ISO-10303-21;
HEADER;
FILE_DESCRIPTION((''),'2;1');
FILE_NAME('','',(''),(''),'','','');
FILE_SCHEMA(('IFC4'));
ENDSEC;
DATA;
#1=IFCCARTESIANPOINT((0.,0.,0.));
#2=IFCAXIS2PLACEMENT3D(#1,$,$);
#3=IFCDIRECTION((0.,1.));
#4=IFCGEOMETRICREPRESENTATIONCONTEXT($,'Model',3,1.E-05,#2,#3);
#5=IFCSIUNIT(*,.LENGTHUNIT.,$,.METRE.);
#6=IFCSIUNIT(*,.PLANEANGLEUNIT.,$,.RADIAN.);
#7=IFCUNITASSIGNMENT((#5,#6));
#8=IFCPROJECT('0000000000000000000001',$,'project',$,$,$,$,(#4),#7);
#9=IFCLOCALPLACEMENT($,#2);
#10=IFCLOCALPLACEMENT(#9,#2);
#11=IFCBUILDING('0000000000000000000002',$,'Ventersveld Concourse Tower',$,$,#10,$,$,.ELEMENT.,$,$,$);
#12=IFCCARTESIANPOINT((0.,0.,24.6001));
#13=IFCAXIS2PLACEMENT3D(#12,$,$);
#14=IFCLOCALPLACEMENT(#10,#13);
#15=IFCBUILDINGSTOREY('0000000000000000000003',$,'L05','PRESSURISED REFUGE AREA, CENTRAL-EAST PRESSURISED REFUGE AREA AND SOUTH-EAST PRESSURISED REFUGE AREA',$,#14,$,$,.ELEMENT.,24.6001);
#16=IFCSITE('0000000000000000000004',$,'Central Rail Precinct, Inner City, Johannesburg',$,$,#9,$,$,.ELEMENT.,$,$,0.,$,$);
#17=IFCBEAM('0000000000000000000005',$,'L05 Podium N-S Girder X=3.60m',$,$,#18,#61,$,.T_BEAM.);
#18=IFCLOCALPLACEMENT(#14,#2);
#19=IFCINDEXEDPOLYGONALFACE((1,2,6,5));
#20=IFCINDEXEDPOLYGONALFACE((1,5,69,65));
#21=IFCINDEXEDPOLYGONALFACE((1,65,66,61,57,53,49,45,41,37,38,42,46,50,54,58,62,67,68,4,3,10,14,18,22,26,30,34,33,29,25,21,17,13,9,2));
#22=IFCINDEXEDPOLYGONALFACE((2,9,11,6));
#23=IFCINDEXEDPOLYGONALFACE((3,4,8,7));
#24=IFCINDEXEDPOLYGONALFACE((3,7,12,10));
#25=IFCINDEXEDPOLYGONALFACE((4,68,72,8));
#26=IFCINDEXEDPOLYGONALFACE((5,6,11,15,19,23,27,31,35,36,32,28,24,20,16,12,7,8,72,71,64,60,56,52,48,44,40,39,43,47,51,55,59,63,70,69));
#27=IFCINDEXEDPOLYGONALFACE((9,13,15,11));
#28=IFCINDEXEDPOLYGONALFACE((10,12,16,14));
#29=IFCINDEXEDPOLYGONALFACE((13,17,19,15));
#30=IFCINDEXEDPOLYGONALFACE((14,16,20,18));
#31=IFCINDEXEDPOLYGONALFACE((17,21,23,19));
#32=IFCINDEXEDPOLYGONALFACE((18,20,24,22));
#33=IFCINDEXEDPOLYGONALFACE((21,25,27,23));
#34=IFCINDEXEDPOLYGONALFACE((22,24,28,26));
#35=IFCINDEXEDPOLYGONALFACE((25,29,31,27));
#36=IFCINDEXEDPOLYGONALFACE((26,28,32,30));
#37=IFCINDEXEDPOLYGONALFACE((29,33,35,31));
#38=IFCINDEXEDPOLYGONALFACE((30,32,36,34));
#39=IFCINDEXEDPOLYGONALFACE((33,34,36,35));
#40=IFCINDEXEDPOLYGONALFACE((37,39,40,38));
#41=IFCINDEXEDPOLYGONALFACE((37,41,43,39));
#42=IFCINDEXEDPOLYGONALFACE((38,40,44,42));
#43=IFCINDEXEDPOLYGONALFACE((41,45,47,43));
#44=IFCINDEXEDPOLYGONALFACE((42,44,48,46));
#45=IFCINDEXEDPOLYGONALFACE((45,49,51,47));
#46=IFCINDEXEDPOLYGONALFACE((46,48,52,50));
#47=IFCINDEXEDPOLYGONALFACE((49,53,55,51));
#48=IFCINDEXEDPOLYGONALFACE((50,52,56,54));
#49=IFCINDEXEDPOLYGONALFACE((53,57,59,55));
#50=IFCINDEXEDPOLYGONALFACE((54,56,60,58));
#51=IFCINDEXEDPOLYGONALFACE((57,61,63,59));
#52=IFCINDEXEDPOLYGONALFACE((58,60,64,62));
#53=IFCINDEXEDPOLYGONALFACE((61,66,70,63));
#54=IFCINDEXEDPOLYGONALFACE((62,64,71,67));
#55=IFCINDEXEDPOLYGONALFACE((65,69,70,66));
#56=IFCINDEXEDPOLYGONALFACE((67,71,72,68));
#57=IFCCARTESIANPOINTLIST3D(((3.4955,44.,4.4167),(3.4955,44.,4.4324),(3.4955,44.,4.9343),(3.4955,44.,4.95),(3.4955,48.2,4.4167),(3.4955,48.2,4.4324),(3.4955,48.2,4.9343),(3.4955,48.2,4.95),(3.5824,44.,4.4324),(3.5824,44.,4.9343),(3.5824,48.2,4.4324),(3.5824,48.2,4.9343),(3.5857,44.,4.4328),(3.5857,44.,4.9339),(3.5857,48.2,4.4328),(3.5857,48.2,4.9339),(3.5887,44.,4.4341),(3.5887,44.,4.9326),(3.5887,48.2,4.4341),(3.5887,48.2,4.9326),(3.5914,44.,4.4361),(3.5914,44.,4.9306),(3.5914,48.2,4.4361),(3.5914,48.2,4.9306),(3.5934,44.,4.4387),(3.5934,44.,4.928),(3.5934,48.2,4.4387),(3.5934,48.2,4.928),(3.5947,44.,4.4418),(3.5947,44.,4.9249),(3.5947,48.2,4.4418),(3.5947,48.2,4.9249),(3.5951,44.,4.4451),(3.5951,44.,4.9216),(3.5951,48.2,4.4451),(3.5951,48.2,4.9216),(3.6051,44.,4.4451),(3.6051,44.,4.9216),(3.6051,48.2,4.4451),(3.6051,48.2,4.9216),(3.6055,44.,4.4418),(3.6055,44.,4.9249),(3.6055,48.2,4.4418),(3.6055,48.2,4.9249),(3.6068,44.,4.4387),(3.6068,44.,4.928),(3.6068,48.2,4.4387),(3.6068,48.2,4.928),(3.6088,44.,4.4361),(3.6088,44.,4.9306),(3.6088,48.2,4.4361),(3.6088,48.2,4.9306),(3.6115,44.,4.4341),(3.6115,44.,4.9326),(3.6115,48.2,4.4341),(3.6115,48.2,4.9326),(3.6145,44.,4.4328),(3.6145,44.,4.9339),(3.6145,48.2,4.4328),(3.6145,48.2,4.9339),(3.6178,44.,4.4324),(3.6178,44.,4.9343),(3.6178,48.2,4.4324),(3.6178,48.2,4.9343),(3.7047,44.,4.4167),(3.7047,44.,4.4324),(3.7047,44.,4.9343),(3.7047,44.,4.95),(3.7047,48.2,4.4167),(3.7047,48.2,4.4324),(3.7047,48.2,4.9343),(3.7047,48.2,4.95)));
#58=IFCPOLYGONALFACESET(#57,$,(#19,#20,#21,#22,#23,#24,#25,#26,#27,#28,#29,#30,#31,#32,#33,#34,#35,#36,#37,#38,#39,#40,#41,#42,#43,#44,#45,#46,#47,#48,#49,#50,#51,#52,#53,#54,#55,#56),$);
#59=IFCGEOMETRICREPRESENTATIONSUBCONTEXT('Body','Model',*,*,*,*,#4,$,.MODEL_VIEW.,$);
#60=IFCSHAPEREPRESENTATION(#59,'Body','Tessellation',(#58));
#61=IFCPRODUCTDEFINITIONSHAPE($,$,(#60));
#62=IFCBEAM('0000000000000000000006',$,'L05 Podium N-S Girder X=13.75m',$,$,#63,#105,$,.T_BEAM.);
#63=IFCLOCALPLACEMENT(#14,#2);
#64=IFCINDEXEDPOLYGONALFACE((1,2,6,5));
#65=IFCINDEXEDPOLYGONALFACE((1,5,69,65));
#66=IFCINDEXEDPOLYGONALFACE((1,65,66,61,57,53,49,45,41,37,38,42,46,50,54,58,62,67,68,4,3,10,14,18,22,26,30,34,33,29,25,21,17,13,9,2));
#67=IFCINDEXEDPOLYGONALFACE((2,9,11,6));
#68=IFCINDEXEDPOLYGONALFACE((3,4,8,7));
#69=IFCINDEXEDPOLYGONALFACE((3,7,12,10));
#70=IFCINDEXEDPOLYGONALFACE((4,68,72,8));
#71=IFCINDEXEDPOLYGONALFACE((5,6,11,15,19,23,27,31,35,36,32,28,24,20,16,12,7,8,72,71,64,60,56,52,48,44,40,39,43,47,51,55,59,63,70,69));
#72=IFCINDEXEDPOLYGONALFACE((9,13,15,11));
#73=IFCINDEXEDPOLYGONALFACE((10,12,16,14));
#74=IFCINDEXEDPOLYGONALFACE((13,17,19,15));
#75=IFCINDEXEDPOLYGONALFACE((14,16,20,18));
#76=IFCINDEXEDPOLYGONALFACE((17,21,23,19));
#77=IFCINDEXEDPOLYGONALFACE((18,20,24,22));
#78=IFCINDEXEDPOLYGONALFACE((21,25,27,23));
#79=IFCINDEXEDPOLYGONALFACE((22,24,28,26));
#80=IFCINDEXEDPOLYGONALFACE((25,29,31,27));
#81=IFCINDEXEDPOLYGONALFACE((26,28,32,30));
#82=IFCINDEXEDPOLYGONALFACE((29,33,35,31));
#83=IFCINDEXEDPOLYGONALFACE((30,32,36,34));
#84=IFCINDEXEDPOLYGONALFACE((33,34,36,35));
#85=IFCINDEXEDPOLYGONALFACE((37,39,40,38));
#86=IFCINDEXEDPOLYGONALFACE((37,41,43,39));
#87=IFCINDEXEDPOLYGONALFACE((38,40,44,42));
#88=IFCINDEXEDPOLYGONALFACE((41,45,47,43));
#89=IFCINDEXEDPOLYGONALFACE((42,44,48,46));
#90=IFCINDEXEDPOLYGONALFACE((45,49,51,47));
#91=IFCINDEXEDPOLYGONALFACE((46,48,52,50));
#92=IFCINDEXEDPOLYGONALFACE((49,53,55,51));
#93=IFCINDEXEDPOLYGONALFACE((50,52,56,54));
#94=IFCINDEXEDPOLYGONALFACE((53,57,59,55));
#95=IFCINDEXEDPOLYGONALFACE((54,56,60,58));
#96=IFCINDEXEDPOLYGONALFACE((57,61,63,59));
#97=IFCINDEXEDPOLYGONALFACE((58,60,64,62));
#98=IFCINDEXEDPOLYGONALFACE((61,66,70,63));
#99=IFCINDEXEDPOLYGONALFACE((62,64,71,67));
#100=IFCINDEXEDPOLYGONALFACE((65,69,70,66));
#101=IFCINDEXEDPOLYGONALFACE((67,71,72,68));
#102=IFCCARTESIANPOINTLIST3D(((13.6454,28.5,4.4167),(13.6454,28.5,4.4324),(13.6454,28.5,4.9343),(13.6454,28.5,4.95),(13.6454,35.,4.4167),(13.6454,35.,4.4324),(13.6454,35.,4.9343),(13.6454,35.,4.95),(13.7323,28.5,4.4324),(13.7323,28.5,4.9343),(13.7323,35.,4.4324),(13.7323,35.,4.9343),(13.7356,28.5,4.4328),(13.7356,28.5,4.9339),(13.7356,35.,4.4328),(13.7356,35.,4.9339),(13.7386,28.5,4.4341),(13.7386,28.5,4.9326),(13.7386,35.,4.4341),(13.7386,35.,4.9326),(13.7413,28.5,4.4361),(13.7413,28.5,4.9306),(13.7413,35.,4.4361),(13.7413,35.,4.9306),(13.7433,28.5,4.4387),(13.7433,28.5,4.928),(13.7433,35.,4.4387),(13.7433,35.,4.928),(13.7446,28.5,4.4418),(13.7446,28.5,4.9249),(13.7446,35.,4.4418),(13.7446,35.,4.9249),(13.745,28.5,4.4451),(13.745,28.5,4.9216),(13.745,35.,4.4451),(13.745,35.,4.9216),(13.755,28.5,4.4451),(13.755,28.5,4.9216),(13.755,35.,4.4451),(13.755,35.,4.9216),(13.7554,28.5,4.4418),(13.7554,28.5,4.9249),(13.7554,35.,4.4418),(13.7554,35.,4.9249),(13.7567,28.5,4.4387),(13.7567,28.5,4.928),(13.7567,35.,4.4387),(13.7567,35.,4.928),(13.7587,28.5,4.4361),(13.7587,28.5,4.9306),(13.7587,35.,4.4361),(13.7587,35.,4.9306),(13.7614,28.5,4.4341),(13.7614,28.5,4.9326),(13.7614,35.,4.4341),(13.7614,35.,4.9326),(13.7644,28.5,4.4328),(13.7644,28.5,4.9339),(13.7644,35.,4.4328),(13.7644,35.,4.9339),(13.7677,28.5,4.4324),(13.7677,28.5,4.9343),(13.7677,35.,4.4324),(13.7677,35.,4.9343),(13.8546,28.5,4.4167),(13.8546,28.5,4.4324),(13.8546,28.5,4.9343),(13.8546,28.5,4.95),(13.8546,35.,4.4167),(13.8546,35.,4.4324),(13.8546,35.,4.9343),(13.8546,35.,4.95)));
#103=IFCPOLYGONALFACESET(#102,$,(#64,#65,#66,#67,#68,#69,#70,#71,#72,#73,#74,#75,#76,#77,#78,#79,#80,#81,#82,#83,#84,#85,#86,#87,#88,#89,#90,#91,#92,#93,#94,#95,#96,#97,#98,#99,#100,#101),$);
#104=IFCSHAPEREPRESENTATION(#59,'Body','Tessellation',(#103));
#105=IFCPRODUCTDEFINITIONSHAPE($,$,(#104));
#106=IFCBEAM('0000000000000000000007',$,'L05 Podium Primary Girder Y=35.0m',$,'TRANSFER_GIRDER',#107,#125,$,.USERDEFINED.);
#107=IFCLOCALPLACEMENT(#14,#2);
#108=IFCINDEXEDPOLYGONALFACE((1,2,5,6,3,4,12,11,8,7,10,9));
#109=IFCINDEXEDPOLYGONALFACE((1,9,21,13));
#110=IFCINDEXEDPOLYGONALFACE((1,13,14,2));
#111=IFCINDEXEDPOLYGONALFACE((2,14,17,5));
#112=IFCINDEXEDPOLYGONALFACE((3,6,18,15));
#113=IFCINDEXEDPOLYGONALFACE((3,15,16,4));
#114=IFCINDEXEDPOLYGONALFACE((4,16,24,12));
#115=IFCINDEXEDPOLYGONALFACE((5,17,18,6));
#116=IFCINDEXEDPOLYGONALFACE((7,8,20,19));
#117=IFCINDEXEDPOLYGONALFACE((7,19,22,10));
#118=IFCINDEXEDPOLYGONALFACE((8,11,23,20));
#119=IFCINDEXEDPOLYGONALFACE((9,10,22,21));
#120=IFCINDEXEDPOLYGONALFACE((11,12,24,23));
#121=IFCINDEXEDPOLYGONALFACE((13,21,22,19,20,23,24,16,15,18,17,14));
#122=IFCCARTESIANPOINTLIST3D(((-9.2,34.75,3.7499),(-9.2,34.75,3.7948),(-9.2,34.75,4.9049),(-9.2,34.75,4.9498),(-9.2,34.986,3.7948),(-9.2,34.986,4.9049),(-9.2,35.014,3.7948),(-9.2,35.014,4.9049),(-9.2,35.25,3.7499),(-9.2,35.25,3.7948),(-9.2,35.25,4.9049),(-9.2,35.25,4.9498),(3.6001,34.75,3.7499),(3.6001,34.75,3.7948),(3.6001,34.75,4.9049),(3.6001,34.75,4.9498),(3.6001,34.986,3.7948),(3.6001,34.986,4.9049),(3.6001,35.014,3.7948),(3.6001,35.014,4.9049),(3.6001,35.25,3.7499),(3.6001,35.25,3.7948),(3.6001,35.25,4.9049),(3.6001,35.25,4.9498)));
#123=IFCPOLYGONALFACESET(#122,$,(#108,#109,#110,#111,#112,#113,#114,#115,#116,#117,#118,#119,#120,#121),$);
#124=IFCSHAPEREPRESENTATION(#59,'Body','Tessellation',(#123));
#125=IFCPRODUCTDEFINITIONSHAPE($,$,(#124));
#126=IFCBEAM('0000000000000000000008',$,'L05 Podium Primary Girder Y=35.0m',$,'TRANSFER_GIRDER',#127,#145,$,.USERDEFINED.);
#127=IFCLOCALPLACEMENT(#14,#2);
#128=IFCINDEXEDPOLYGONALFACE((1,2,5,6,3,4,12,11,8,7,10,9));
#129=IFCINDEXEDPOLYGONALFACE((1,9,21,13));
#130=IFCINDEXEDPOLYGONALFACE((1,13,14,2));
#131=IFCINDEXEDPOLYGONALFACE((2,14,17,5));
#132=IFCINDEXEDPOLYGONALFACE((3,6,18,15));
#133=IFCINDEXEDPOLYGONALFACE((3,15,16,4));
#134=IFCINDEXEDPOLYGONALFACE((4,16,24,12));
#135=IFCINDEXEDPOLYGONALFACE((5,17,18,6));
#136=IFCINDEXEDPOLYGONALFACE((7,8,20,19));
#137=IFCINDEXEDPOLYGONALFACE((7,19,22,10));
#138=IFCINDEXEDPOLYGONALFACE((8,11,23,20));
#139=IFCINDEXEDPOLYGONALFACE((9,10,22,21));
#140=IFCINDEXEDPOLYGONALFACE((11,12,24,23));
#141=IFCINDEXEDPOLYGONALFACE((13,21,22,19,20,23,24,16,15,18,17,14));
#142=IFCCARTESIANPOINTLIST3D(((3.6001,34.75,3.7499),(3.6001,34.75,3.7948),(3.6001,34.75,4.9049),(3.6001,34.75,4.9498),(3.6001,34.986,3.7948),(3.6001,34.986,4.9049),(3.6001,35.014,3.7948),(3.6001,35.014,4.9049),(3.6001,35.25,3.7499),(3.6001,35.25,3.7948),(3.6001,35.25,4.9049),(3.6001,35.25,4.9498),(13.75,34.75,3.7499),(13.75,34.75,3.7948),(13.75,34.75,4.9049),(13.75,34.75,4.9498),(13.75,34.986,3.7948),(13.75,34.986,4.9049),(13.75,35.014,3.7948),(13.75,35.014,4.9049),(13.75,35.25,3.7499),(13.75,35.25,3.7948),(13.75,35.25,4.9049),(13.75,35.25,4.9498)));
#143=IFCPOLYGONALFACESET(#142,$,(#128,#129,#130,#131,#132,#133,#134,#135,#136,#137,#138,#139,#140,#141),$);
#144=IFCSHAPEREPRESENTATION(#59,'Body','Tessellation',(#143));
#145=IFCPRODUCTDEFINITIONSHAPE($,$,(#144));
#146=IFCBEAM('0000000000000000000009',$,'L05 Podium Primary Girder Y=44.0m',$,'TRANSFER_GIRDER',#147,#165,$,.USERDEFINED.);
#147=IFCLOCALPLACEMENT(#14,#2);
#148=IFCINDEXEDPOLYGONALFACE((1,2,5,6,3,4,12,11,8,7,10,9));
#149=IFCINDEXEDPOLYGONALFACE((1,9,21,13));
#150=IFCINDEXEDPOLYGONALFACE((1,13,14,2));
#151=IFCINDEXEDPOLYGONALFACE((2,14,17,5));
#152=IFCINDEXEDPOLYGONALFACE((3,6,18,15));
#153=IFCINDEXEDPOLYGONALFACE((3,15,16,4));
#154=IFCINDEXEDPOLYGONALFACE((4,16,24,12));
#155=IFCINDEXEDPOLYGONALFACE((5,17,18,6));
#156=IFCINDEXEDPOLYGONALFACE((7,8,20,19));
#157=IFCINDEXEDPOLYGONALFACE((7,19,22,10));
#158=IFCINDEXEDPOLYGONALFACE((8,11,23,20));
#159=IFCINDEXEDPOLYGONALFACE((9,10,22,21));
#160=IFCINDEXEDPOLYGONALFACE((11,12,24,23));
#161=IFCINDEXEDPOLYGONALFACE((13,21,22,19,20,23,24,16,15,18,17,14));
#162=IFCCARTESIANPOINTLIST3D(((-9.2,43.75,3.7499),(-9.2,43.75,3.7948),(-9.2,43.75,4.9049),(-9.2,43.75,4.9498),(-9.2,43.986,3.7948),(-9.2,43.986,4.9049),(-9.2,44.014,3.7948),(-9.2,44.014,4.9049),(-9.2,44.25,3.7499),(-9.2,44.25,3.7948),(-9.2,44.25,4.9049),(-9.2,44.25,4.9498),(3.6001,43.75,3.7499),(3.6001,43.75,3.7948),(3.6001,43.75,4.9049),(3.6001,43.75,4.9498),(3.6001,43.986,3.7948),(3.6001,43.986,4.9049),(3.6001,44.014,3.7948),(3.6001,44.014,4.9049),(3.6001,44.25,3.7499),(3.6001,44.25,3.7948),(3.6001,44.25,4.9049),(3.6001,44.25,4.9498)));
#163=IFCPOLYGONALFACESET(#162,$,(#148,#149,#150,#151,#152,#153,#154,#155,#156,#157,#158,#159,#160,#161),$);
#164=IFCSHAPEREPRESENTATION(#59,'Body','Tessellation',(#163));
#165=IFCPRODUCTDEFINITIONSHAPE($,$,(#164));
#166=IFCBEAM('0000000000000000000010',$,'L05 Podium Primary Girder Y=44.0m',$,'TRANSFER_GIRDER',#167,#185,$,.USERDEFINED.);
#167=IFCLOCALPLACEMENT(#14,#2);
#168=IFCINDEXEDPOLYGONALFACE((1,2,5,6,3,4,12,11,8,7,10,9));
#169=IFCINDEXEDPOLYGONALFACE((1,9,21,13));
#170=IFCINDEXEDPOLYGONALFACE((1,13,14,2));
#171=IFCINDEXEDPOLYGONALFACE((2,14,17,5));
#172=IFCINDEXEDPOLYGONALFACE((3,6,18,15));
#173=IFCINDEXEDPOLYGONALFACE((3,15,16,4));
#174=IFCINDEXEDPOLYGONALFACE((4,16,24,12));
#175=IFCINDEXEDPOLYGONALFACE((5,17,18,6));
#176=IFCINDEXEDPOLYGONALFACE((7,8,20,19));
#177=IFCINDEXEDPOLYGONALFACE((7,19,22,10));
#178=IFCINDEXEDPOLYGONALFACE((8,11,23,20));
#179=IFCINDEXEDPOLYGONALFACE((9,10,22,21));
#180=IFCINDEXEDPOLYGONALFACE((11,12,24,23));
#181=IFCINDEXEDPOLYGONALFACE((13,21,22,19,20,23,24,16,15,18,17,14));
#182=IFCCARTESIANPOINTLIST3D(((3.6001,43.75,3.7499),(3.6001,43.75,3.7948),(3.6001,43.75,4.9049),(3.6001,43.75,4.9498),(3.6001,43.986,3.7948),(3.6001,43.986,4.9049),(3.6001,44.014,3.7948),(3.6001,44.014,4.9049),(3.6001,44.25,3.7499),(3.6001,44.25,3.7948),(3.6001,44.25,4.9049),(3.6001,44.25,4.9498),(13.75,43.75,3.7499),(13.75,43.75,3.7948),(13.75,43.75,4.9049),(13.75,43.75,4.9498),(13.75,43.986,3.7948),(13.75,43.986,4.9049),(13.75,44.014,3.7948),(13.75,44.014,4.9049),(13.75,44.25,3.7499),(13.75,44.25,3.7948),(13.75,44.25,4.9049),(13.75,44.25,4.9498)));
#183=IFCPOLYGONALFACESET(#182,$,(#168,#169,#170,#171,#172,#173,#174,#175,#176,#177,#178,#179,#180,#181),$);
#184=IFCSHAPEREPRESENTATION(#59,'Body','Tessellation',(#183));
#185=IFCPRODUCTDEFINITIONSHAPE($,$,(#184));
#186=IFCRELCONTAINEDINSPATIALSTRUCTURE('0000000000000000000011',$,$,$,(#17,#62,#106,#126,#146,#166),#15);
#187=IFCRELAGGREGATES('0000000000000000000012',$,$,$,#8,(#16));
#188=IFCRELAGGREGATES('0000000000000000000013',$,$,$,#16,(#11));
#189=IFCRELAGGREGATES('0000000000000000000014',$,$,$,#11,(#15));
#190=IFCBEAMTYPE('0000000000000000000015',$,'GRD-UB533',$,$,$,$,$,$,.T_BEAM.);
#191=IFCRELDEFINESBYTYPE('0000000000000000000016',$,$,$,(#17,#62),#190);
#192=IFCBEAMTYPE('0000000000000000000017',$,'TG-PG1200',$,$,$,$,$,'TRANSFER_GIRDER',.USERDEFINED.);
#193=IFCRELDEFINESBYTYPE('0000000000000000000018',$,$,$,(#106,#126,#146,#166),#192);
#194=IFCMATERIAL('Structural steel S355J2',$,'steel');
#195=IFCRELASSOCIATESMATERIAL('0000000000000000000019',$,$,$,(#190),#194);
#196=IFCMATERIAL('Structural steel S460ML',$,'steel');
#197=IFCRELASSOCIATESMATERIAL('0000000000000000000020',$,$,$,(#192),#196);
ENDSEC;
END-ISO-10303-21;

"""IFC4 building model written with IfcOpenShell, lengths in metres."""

from ifc_helpers import new_model, si_unit, direction, frame, origin, origin_2d, place, context, subcontext, project, spatial, i_section, extrude, material, material_profile, profile_set, type_object, element, save


model = new_model("IFC4")

# Units and contexts
model_context = context("Model", 3, precision=1e-05, world=origin(), true_north=direction((0.0, 1.0)))
body_context = subcontext(model_context, "Body", "Model", "MODEL_VIEW")
ifc_project = project(units=[si_unit("LENGTHUNIT", "METRE"), si_unit("PLANEANGLEUNIT", "RADIAN")], contexts=[model_context])

# Site, building, storey
site_placement = place(None, origin())
site = spatial("IfcSite", under=ifc_project, at=site_placement, Name="Central Rail Precinct, Inner City, Johannesburg", CompositionType="ELEMENT", RefElevation=0.0)
building_placement = place(site_placement, origin())
building = spatial("IfcBuilding", under=site, at=building_placement, Name="Ventersveld Concourse Tower", CompositionType="ELEMENT")
storey_placement = place(building_placement, frame((0.0, 0.0, 24.6001)))
storey = spatial("IfcBuildingStorey", under=building, at=storey_placement, Name="L05", Description="PRESSURISED REFUGE AREA, CENTRAL-EAST PRESSURISED REFUGE AREA AND SOUTH-EAST PRESSURISED REFUGE AREA", CompositionType="ELEMENT", Elevation=24.6001)

# Shared definitions
ifc_material_1 = material(Name="Structural steel S460ML", Category="steel")

# Beams
ifc_material_2 = material(Name="Structural steel S355J2", Category="steel")
ifc_material_profile_1 = material_profile(ifc_material_2, i_section(OverallWidth=0.2092, OverallDepth=0.5332, WebThickness=0.01, FlangeThickness=0.0156, FilletRadius=0.0127, at=origin_2d()), Name="UB 533x210x92")
ifc_profile_set_1 = profile_set([ifc_material_profile_1], Name="Structural steel S355J2")
beam_type_1 = type_object("IfcBeamType", Name="GRD-UB533", PredefinedType="T_BEAM", material=ifc_profile_set_1)
beam_1_placement = place(storey_placement, frame((3.6001, 44.0, 4.6833), z_axis=(0.0, 1.0, 0.0), x_axis=(-1.0, 0.0, 0.0)))
element("IfcBeam", 1, at=beam_1_placement, inside=storey, type_object=beam_type_1, Name="L05 Podium N-S Girder X=3.60m", PredefinedType="T_BEAM", context=body_context, shape_type="SweptSolid", body=[
    extrude(i_section(OverallWidth=0.2092, OverallDepth=0.5332, WebThickness=0.01, FlangeThickness=0.0156, FilletRadius=0.0127, at=origin_2d()), origin(), (0.0, 0.0, 1.0), 4.2),
])
beam_2_placement = place(storey_placement, frame((13.75, 28.5, 4.6833), z_axis=(0.0, 1.0, 0.0), x_axis=(-1.0, 0.0, 0.0)))
element("IfcBeam", 2, at=beam_2_placement, inside=storey, type_object=beam_type_1, Name="L05 Podium N-S Girder X=13.75m", PredefinedType="T_BEAM", context=body_context, shape_type="SweptSolid", body=[
    extrude(i_section(OverallWidth=0.2092, OverallDepth=0.5332, WebThickness=0.01, FlangeThickness=0.0156, FilletRadius=0.0127, at=origin_2d()), origin(), (0.0, 0.0, 1.0), 6.5),
])
ifc_material_profile_2 = material_profile(ifc_material_1, i_section(OverallWidth=0.5, OverallDepth=1.2, WebThickness=0.0281, FlangeThickness=0.0449, at=origin_2d()), Name="PG 1200x500x45")
ifc_profile_set_2 = profile_set([ifc_material_profile_2], Name="Structural steel S460ML")
beam_type_2 = type_object("IfcBeamType", Name="TG-PG1200", ElementType="TRANSFER_GIRDER", PredefinedType="USERDEFINED", material=ifc_profile_set_2)
beam_3_placement = place(storey_placement, frame((-9.2, 35.0, 4.3499), z_axis=(1.0, 0.0, 0.0), x_axis=(0.0, 1.0, 0.0)))
element("IfcBeam", 3, at=beam_3_placement, inside=storey, type_object=beam_type_2, Name="L05 Podium Primary Girder Y=35.0m", ObjectType="TRANSFER_GIRDER", PredefinedType="USERDEFINED", context=body_context, shape_type="SweptSolid", body=[
    extrude(i_section(OverallWidth=0.5, OverallDepth=1.2, WebThickness=0.0281, FlangeThickness=0.0449, at=origin_2d()), origin(), (0.0, 0.0, 1.0), 12.8),
])
beam_4_placement = place(storey_placement, frame((3.6001, 35.0, 4.3499), z_axis=(1.0, 0.0, 0.0), x_axis=(0.0, 1.0, 0.0)))
element("IfcBeam", 4, at=beam_4_placement, inside=storey, type_object=beam_type_2, Name="L05 Podium Primary Girder Y=35.0m", ObjectType="TRANSFER_GIRDER", PredefinedType="USERDEFINED", context=body_context, shape_type="SweptSolid", body=[
    extrude(i_section(OverallWidth=0.5, OverallDepth=1.2, WebThickness=0.0281, FlangeThickness=0.0449, at=origin_2d()), origin(), (0.0, 0.0, 1.0), 10.1499),
])
beam_5_placement = place(storey_placement, frame((-9.2, 44.0, 4.3499), z_axis=(1.0, 0.0, 0.0), x_axis=(0.0, 1.0, 0.0)))
element("IfcBeam", 5, at=beam_5_placement, inside=storey, type_object=beam_type_2, Name="L05 Podium Primary Girder Y=44.0m", ObjectType="TRANSFER_GIRDER", PredefinedType="USERDEFINED", context=body_context, shape_type="SweptSolid", body=[
    extrude(i_section(OverallWidth=0.5, OverallDepth=1.2, WebThickness=0.0281, FlangeThickness=0.0449, at=origin_2d()), origin(), (0.0, 0.0, 1.0), 12.8),
])
beam_6_placement = place(storey_placement, frame((3.6001, 44.0, 4.3499), z_axis=(1.0, 0.0, 0.0), x_axis=(0.0, 1.0, 0.0)))
element("IfcBeam", 6, at=beam_6_placement, inside=storey, type_object=beam_type_2, Name="L05 Podium Primary Girder Y=44.0m", ObjectType="TRANSFER_GIRDER", PredefinedType="USERDEFINED", context=body_context, shape_type="SweptSolid", body=[
    extrude(i_section(OverallWidth=0.5, OverallDepth=1.2, WebThickness=0.0281, FlangeThickness=0.0449, at=origin_2d()), origin(), (0.0, 0.0, 1.0), 10.1499),
])

save(model, "model.ifc")
